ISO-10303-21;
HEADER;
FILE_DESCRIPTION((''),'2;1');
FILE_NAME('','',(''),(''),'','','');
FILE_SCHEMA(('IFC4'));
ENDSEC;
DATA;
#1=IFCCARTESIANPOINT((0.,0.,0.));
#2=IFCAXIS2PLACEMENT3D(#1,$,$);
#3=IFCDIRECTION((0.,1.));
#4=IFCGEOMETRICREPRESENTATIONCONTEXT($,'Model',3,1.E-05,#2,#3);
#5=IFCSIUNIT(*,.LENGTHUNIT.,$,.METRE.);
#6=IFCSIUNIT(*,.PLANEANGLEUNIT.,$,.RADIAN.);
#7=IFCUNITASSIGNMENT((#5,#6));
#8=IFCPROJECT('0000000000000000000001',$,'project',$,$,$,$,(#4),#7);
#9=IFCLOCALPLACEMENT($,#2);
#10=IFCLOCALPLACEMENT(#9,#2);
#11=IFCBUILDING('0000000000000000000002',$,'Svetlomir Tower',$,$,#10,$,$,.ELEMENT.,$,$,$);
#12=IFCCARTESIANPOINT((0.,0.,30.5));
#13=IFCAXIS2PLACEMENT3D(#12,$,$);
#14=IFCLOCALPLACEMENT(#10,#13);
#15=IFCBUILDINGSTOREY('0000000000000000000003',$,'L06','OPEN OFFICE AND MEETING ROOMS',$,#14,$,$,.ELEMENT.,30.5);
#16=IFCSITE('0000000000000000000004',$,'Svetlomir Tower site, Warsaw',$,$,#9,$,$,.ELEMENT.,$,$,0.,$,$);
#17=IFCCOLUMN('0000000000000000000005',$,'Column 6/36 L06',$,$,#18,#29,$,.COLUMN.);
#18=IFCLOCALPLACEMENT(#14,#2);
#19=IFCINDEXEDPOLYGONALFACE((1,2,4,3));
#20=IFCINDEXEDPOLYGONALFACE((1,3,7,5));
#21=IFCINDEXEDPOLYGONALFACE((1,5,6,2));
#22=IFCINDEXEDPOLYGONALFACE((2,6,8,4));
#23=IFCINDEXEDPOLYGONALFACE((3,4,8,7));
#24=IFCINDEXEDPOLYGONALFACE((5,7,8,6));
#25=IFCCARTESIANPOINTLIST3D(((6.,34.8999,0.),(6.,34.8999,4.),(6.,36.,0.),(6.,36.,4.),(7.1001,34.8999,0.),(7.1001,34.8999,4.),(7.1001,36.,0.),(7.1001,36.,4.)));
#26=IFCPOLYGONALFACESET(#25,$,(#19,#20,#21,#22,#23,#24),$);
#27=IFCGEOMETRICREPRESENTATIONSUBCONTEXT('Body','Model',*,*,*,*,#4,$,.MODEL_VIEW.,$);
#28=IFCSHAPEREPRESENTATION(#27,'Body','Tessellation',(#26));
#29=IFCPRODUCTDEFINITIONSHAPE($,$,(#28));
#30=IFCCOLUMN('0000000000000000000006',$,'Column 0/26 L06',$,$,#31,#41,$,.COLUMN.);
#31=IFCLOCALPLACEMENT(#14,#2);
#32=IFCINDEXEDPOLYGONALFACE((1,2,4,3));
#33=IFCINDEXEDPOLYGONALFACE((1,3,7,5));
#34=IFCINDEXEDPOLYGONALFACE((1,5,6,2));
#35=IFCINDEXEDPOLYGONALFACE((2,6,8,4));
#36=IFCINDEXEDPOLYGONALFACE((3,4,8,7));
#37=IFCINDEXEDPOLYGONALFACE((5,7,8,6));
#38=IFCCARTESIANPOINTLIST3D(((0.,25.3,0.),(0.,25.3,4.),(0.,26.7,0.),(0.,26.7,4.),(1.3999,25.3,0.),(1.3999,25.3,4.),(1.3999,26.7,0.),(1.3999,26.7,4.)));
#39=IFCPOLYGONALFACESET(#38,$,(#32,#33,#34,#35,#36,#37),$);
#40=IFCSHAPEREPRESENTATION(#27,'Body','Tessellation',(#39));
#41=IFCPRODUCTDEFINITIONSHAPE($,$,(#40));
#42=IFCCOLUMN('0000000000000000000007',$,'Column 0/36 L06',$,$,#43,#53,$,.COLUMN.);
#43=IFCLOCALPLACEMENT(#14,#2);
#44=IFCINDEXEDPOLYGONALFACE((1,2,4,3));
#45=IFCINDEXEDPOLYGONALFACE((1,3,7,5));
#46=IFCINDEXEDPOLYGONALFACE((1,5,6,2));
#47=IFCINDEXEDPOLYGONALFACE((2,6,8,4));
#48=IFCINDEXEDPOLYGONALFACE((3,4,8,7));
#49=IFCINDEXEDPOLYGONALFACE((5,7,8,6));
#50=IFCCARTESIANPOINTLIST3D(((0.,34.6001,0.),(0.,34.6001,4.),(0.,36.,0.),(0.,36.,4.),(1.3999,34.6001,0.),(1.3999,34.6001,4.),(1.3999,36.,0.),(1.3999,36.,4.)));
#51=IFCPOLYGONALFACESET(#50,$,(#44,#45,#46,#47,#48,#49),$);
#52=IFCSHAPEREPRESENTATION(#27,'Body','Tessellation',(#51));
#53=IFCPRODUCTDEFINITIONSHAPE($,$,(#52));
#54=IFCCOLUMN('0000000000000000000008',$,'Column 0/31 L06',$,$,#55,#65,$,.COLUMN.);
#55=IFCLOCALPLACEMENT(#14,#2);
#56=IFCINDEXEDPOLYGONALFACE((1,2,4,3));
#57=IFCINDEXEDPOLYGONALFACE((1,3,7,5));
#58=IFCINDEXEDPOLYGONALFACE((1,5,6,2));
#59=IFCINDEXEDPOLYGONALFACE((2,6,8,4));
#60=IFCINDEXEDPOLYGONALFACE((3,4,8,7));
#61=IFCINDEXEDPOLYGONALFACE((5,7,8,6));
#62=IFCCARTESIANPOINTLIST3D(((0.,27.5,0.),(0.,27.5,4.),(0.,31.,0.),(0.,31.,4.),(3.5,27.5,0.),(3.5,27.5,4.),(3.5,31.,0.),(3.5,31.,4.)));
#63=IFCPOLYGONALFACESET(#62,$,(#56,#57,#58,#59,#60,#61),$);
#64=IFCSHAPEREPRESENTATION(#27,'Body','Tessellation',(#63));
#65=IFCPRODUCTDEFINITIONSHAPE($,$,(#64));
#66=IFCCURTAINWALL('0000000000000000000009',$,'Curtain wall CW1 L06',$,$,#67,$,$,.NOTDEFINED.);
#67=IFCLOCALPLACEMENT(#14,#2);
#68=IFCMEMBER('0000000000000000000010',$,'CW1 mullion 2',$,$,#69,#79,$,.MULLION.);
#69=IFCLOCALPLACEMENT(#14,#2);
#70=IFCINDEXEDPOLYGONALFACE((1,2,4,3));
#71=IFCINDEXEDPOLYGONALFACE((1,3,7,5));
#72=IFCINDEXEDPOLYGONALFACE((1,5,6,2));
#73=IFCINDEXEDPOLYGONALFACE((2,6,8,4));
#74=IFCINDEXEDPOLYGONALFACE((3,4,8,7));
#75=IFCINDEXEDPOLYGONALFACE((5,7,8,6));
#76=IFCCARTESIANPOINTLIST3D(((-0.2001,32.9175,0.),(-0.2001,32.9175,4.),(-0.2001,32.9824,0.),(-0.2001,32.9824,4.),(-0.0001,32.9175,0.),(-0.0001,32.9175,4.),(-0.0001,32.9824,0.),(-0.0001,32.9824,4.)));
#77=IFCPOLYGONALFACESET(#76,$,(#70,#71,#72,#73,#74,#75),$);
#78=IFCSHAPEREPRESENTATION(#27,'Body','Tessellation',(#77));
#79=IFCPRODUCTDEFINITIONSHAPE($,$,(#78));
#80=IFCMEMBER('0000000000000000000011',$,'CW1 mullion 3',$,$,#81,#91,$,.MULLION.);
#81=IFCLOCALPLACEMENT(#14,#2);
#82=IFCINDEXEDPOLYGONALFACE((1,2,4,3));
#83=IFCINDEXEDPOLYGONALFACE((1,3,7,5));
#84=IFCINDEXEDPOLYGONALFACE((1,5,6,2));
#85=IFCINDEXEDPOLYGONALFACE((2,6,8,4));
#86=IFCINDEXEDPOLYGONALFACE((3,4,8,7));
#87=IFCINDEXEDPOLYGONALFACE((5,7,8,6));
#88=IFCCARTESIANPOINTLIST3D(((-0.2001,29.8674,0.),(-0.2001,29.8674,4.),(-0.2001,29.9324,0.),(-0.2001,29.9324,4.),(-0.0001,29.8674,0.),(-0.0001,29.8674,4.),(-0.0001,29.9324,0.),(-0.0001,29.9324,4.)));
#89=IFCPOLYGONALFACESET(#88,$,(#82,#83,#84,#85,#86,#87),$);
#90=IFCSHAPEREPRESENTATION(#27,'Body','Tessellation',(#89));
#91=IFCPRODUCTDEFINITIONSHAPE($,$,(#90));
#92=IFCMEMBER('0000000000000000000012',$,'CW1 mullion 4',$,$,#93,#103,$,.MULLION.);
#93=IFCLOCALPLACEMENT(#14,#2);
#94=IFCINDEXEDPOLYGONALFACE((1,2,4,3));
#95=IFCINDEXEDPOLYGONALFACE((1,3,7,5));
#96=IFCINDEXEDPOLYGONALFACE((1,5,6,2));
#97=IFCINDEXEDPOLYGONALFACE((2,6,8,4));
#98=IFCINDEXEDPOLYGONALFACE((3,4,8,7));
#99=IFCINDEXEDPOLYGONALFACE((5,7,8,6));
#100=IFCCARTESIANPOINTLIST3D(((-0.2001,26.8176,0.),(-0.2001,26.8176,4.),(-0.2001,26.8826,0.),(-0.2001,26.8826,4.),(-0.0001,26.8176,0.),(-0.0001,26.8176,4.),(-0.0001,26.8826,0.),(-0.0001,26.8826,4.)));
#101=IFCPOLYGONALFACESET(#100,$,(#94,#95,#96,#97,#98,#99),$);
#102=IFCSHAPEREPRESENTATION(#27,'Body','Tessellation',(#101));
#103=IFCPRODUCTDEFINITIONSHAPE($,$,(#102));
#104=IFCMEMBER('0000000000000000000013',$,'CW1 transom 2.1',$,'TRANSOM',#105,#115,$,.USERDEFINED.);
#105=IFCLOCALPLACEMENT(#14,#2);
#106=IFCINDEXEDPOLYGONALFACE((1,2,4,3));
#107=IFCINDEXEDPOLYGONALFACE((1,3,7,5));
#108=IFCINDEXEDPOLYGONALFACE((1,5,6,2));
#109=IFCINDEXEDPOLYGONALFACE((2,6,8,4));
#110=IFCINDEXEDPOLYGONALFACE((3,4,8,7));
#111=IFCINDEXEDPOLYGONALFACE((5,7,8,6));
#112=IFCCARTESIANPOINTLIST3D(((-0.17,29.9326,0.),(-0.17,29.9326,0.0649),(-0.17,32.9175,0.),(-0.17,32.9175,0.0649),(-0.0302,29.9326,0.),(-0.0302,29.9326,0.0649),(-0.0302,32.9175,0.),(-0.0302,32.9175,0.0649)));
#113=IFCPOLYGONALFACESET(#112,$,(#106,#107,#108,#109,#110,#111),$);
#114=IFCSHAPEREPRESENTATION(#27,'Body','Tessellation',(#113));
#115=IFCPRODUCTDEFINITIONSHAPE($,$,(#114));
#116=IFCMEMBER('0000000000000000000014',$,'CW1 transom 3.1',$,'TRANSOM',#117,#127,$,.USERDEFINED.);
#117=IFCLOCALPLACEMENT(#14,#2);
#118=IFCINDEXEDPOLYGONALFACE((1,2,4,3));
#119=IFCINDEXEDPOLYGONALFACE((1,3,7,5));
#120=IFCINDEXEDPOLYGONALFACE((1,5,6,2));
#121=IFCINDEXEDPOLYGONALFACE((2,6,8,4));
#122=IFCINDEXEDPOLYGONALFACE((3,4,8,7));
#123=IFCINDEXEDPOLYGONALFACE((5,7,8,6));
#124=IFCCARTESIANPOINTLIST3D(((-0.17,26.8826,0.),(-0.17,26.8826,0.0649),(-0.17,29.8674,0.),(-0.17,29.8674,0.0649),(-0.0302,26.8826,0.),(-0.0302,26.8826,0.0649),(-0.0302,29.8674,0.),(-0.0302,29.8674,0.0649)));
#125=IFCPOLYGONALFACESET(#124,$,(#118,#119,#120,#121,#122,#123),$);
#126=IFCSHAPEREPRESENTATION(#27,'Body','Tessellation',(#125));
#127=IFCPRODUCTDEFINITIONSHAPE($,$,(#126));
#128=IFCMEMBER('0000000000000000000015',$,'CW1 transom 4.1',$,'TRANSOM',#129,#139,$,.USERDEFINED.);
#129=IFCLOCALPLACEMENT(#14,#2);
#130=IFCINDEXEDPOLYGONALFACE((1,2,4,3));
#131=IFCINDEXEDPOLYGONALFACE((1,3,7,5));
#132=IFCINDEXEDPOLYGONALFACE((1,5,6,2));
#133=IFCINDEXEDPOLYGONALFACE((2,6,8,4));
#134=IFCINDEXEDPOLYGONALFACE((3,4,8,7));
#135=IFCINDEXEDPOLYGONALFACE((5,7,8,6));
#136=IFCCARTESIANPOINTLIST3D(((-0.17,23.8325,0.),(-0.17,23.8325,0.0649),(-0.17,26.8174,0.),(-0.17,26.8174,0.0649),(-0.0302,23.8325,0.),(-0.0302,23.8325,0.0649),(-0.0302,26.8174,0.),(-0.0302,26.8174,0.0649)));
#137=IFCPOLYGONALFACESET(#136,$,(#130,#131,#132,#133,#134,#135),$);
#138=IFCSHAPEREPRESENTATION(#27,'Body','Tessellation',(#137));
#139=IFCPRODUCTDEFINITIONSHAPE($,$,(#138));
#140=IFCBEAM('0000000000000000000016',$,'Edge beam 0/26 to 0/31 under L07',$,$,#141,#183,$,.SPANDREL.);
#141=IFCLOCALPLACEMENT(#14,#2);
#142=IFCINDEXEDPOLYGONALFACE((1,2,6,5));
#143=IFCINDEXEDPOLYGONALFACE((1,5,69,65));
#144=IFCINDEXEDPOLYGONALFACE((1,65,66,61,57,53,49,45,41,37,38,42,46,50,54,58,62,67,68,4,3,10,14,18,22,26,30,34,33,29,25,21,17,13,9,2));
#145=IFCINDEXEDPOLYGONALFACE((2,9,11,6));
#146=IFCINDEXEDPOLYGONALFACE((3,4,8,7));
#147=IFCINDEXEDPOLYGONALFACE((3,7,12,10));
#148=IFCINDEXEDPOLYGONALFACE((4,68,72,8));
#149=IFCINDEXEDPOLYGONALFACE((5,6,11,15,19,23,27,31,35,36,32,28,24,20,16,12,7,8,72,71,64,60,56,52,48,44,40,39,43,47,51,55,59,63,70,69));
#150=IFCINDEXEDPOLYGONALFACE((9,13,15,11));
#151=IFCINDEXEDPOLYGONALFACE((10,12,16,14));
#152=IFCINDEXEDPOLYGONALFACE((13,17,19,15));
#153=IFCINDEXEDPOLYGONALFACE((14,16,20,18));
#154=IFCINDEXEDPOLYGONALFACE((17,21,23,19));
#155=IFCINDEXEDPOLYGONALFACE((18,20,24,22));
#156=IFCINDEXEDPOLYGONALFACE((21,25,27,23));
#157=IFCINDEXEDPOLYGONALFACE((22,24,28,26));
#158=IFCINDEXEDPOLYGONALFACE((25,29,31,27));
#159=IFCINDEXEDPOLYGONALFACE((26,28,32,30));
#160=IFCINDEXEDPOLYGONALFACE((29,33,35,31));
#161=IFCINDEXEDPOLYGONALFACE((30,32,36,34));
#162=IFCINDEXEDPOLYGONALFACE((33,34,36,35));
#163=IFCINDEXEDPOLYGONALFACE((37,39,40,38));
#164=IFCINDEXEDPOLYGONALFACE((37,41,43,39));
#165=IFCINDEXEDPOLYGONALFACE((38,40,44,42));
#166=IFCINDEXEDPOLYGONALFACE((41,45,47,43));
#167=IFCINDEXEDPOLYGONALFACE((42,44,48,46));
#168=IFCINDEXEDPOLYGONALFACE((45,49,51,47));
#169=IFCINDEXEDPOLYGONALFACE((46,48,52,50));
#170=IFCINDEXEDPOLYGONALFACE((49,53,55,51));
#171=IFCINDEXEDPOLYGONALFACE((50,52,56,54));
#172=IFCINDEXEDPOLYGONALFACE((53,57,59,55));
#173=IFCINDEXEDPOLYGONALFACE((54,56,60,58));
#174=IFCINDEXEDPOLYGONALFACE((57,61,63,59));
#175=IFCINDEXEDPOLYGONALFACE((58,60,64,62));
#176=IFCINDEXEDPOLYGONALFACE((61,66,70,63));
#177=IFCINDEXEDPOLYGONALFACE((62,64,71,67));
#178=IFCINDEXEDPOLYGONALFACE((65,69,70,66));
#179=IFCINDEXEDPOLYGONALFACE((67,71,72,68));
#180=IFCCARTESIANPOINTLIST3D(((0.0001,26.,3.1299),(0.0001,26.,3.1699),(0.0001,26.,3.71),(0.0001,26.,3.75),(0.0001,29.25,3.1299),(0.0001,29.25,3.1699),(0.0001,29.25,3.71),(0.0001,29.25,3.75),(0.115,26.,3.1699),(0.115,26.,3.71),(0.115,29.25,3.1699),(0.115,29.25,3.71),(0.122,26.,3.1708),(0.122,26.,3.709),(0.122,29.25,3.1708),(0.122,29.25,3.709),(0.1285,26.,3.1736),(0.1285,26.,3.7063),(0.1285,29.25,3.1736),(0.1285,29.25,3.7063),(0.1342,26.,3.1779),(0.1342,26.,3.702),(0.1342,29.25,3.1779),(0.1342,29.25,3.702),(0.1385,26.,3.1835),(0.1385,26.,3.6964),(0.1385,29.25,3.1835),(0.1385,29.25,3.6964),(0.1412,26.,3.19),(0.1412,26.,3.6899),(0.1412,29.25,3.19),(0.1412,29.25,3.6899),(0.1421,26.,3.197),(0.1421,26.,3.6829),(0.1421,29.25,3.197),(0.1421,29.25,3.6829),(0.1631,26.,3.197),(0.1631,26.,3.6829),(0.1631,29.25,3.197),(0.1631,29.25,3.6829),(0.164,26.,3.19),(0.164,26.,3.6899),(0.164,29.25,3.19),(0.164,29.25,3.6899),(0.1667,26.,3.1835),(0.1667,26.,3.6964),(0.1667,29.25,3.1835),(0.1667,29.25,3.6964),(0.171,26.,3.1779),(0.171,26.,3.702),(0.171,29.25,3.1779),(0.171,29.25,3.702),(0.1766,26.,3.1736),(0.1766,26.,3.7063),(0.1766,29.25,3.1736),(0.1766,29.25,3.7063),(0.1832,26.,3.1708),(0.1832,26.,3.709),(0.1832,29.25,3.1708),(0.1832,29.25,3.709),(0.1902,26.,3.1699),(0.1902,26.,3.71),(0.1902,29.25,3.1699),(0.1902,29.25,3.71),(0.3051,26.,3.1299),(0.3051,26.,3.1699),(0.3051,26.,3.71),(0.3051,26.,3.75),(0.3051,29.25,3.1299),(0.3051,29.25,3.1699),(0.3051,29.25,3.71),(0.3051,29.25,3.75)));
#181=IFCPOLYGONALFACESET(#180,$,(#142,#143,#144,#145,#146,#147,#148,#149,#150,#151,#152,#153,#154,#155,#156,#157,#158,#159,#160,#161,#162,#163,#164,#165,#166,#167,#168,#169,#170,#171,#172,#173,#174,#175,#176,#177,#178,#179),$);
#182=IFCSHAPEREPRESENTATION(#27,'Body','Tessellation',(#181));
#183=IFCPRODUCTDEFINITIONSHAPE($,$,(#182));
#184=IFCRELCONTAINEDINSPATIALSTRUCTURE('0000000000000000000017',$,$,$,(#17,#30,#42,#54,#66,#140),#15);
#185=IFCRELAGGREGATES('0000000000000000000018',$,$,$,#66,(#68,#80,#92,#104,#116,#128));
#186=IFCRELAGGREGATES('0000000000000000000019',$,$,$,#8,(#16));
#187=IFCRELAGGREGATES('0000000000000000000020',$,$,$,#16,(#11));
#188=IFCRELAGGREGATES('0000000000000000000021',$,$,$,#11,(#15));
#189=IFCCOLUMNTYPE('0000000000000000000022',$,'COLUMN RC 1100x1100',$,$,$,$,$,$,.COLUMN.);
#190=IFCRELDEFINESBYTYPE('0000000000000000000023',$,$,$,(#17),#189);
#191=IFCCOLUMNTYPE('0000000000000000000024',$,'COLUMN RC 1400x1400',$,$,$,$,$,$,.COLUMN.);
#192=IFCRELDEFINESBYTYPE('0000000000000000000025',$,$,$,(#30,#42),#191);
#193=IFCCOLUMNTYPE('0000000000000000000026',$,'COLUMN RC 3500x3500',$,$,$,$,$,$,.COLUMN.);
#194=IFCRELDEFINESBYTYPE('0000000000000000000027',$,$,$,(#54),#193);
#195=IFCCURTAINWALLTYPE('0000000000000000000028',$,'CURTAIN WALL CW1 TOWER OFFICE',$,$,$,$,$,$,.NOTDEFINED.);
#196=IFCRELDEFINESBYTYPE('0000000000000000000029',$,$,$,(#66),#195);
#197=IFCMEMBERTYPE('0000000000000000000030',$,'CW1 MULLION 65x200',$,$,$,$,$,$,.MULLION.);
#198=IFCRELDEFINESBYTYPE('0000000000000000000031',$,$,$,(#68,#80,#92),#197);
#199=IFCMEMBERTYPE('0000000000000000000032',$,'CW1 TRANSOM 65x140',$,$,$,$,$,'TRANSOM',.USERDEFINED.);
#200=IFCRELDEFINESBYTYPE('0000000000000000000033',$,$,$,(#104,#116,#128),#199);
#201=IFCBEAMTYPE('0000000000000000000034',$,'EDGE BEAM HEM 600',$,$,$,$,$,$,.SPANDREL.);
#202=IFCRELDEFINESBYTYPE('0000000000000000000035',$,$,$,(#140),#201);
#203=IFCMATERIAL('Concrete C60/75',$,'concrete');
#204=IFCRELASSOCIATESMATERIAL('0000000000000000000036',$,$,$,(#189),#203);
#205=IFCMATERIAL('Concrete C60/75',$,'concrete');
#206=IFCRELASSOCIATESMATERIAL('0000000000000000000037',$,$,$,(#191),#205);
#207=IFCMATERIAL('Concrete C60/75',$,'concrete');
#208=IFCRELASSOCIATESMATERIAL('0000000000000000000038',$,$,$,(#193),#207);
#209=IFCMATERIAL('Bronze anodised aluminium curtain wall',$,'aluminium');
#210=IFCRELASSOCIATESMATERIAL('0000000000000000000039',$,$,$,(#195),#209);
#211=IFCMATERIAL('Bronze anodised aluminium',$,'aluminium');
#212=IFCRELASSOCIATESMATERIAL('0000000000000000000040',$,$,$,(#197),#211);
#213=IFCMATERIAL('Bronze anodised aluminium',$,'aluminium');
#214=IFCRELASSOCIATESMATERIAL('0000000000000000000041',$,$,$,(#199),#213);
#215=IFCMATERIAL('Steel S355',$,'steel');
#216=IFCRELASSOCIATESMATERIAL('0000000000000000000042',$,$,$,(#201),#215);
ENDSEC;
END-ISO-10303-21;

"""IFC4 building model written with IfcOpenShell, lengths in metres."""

from ifc_helpers import new_model, si_unit, direction, frame, origin, origin_2d, place, context, subcontext, project, spatial, rectangle, i_section, extrude, material, material_profile, profile_set, type_object, element, aggregate, save


model = new_model("IFC4")

# Units and contexts
model_context = context("Model", 3, precision=1e-05, world=origin(), true_north=direction((0.0, 1.0)))
body_context = subcontext(model_context, "Body", "Model", "MODEL_VIEW")
ifc_project = project(units=[si_unit("LENGTHUNIT", "METRE"), si_unit("PLANEANGLEUNIT", "RADIAN")], contexts=[model_context])

# Site, building, storey
site_placement = place(None, origin())
site = spatial("IfcSite", under=ifc_project, at=site_placement, Name="Svetlomir Tower site, Warsaw", CompositionType="ELEMENT", RefElevation=0.0)
building_placement = place(site_placement, origin())
building = spatial("IfcBuilding", under=site, at=building_placement, Name="Svetlomir Tower", CompositionType="ELEMENT")
storey_placement = place(building_placement, frame((0.0, 0.0, 30.5)))
storey = spatial("IfcBuildingStorey", under=building, at=storey_placement, Name="L06", Description="OPEN OFFICE AND MEETING ROOMS", CompositionType="ELEMENT", Elevation=30.5)

# Columns
ifc_material_1 = material(Name="Concrete C60/75", Category="concrete")
ifc_material_profile_1 = material_profile(ifc_material_1, rectangle(XDim=1.1001, YDim=1.1001, at=origin_2d()), Name="RC 1100x1100")
ifc_profile_set_1 = profile_set([ifc_material_profile_1], Name="Concrete C60/75")
column_type_1 = type_object("IfcColumnType", Name="COLUMN RC 1100x1100", PredefinedType="COLUMN", material=ifc_profile_set_1)
column_1_placement = place(storey_placement, frame((6.55, 35.45, 0.0), z_axis=(0.0, 0.0, 1.0), x_axis=(1.0, 0.0, 0.0)))
element("IfcColumn", 1, at=column_1_placement, inside=storey, type_object=column_type_1, Name="Column 6/36 L06", PredefinedType="COLUMN", context=body_context, shape_type="SweptSolid", body=[
    extrude(rectangle(XDim=1.1001, YDim=1.1001, at=origin_2d()), origin(), (0.0, 0.0, 1.0), 4.0),
])
ifc_material_2 = material(Name="Concrete C60/75", Category="concrete")
ifc_material_profile_2 = material_profile(ifc_material_2, rectangle(XDim=1.3999, YDim=1.3999, at=origin_2d()), Name="RC 1400x1400")
ifc_profile_set_2 = profile_set([ifc_material_profile_2], Name="Concrete C60/75")
column_type_2 = type_object("IfcColumnType", Name="COLUMN RC 1400x1400", PredefinedType="COLUMN", material=ifc_profile_set_2)
for number, where, z_axis, x_axis, name in (
    (2, (0.7, 26.0, 0.0), (0.0, 0.0, 1.0), (1.0, 0.0, 0.0), "Column 0/26 L06"),
    (3, (0.7, 35.3, 0.0), (0.0, 0.0, 1.0), (1.0, 0.0, 0.0), "Column 0/36 L06"),
):
    element("IfcColumn", number, at=place(storey_placement, frame(where, z_axis=z_axis, x_axis=x_axis)), inside=storey, type_object=column_type_2, Name=name, PredefinedType="COLUMN", context=body_context, shape_type="SweptSolid", body=[
        extrude(rectangle(XDim=1.3999, YDim=1.3999, at=origin_2d()), origin(), (0.0, 0.0, 1.0), 4.0),
    ])
ifc_material_3 = material(Name="Concrete C60/75", Category="concrete")
ifc_material_profile_3 = material_profile(ifc_material_3, rectangle(XDim=3.5, YDim=3.5, at=origin_2d()), Name="RC 3500x3500")
ifc_profile_set_3 = profile_set([ifc_material_profile_3], Name="Concrete C60/75")
column_type_3 = type_object("IfcColumnType", Name="COLUMN RC 3500x3500", PredefinedType="COLUMN", material=ifc_profile_set_3)
column_2_placement = place(storey_placement, frame((1.75, 29.25, 0.0), z_axis=(0.0, 0.0, 1.0), x_axis=(1.0, 0.0, 0.0)))
element("IfcColumn", 4, at=column_2_placement, inside=storey, type_object=column_type_3, Name="Column 0/31 L06", PredefinedType="COLUMN", context=body_context, shape_type="SweptSolid", body=[
    extrude(rectangle(XDim=3.5, YDim=3.5, at=origin_2d()), origin(), (0.0, 0.0, 1.0), 4.0),
])

# Curtain wall, members
ifc_material_4 = material(Name="Bronze anodised aluminium curtain wall", Category="aluminium")
curtain_wall_type = type_object("IfcCurtainWallType", Name="CURTAIN WALL CW1 TOWER OFFICE", PredefinedType="NOTDEFINED", material=ifc_material_4)
curtain_wall_placement = place(storey_placement, origin())
curtain_wall = element("IfcCurtainWall", 5, at=curtain_wall_placement, inside=storey, type_object=curtain_wall_type, Name="Curtain wall CW1 L06", PredefinedType="NOTDEFINED")
ifc_material_5 = material(Name="Bronze anodised aluminium", Category="aluminium")
ifc_material_profile_4 = material_profile(ifc_material_5, rectangle(XDim=0.0649, YDim=0.2, at=origin_2d()), Name="AL 65x200")
ifc_profile_set_4 = profile_set([ifc_material_profile_4], Name="Bronze anodised aluminium 6063-T6")
member_type_1 = type_object("IfcMemberType", Name="CW1 MULLION 65x200", PredefinedType="MULLION", material=ifc_profile_set_4)
member_1_placement = place(storey_placement, frame((-0.1001, 32.95, 0.0), z_axis=(0.0, 0.0, 1.0), x_axis=(0.0, -1.0, 0.0)))
member_1 = element("IfcMember", 6, at=member_1_placement, type_object=member_type_1, Name="CW1 mullion 2", PredefinedType="MULLION", context=body_context, shape_type="SweptSolid", body=[
    extrude(rectangle(XDim=0.0649, YDim=0.2, at=origin_2d()), origin(), (0.0, 0.0, 1.0), 4.0),
])
member_2_placement = place(storey_placement, frame((-0.1001, 29.8999, 0.0), z_axis=(0.0, 0.0, 1.0), x_axis=(0.0, -1.0, 0.0)))
member_2 = element("IfcMember", 7, at=member_2_placement, type_object=member_type_1, Name="CW1 mullion 3", PredefinedType="MULLION", context=body_context, shape_type="SweptSolid", body=[
    extrude(rectangle(XDim=0.0649, YDim=0.2, at=origin_2d()), origin(), (0.0, 0.0, 1.0), 4.0),
])
member_3_placement = place(storey_placement, frame((-0.1001, 26.8501, 0.0), z_axis=(0.0, 0.0, 1.0), x_axis=(0.0, -1.0, 0.0)))
member_3 = element("IfcMember", 8, at=member_3_placement, type_object=member_type_1, Name="CW1 mullion 4", PredefinedType="MULLION", context=body_context, shape_type="SweptSolid", body=[
    extrude(rectangle(XDim=0.0649, YDim=0.2, at=origin_2d()), origin(), (0.0, 0.0, 1.0), 4.0),
])
ifc_material_6 = material(Name="Bronze anodised aluminium", Category="aluminium")
ifc_material_profile_5 = material_profile(ifc_material_6, rectangle(XDim=0.1399, YDim=0.0649, at=origin_2d()), Name="AL 140x65")
ifc_profile_set_5 = profile_set([ifc_material_profile_5], Name="Bronze anodised aluminium 6063-T6")
member_type_2 = type_object("IfcMemberType", Name="CW1 TRANSOM 65x140", ElementType="TRANSOM", PredefinedType="USERDEFINED", material=ifc_profile_set_5)
member_4_placement = place(storey_placement, frame((-0.1001, 32.9175, 0.0325), z_axis=(0.0, -1.0, 0.0), x_axis=(1.0, 0.0, 0.0)))
member_4 = element("IfcMember", 9, at=member_4_placement, type_object=member_type_2, Name="CW1 transom 2.1", ObjectType="TRANSOM", PredefinedType="USERDEFINED", context=body_context, shape_type="SweptSolid", body=[
    extrude(rectangle(XDim=0.1399, YDim=0.0649, at=origin_2d()), origin(), (0.0, 0.0, 1.0), 2.9849),
])
member_5_placement = place(storey_placement, frame((-0.1001, 29.8674, 0.0325), z_axis=(0.0, -1.0, 0.0), x_axis=(1.0, 0.0, 0.0)))
member_5 = element("IfcMember", 10, at=member_5_placement, type_object=member_type_2, Name="CW1 transom 3.1", ObjectType="TRANSOM", PredefinedType="USERDEFINED", context=body_context, shape_type="SweptSolid", body=[
    extrude(rectangle(XDim=0.1399, YDim=0.0649, at=origin_2d()), origin(), (0.0, 0.0, 1.0), 2.9849),
])
member_6_placement = place(storey_placement, frame((-0.1001, 26.8174, 0.0325), z_axis=(0.0, -1.0, 0.0), x_axis=(1.0, 0.0, 0.0)))
member_6 = element("IfcMember", 11, at=member_6_placement, type_object=member_type_2, Name="CW1 transom 4.1", ObjectType="TRANSOM", PredefinedType="USERDEFINED", context=body_context, shape_type="SweptSolid", body=[
    extrude(rectangle(XDim=0.1399, YDim=0.0649, at=origin_2d()), origin(), (0.0, 0.0, 1.0), 2.9849),
])

# Beam
ifc_material_7 = material(Name="Steel S355", Category="steel")
ifc_material_profile_6 = material_profile(ifc_material_7, i_section(OverallWidth=0.3049, OverallDepth=0.6201, WebThickness=0.021, FlangeThickness=0.04, FilletRadius=0.0271, at=origin_2d()), Name="HEM 600")
ifc_profile_set_6 = profile_set([ifc_material_profile_6], Name="Steel S355")
beam_type = type_object("IfcBeamType", Name="EDGE BEAM HEM 600", PredefinedType="SPANDREL", material=ifc_profile_set_6)
beam_1_placement = place(storey_placement, frame((0.1526, 26.0, 3.4399), z_axis=(0.0, 1.0, 0.0), x_axis=(-1.0, 0.0, 0.0)))
element("IfcBeam", 12, at=beam_1_placement, inside=storey, type_object=beam_type, Name="Edge beam 0/26 to 0/31 under L07", PredefinedType="SPANDREL", context=body_context, shape_type="SweptSolid", body=[
    extrude(i_section(OverallWidth=0.3049, OverallDepth=0.6201, WebThickness=0.021, FlangeThickness=0.04, FilletRadius=0.0271, at=origin_2d()), origin(), (0.0, 0.0, 1.0), 3.25),
])

aggregate(curtain_wall, [member_1, member_2, member_3, member_4, member_5, member_6])

save(model, "model.ifc")
